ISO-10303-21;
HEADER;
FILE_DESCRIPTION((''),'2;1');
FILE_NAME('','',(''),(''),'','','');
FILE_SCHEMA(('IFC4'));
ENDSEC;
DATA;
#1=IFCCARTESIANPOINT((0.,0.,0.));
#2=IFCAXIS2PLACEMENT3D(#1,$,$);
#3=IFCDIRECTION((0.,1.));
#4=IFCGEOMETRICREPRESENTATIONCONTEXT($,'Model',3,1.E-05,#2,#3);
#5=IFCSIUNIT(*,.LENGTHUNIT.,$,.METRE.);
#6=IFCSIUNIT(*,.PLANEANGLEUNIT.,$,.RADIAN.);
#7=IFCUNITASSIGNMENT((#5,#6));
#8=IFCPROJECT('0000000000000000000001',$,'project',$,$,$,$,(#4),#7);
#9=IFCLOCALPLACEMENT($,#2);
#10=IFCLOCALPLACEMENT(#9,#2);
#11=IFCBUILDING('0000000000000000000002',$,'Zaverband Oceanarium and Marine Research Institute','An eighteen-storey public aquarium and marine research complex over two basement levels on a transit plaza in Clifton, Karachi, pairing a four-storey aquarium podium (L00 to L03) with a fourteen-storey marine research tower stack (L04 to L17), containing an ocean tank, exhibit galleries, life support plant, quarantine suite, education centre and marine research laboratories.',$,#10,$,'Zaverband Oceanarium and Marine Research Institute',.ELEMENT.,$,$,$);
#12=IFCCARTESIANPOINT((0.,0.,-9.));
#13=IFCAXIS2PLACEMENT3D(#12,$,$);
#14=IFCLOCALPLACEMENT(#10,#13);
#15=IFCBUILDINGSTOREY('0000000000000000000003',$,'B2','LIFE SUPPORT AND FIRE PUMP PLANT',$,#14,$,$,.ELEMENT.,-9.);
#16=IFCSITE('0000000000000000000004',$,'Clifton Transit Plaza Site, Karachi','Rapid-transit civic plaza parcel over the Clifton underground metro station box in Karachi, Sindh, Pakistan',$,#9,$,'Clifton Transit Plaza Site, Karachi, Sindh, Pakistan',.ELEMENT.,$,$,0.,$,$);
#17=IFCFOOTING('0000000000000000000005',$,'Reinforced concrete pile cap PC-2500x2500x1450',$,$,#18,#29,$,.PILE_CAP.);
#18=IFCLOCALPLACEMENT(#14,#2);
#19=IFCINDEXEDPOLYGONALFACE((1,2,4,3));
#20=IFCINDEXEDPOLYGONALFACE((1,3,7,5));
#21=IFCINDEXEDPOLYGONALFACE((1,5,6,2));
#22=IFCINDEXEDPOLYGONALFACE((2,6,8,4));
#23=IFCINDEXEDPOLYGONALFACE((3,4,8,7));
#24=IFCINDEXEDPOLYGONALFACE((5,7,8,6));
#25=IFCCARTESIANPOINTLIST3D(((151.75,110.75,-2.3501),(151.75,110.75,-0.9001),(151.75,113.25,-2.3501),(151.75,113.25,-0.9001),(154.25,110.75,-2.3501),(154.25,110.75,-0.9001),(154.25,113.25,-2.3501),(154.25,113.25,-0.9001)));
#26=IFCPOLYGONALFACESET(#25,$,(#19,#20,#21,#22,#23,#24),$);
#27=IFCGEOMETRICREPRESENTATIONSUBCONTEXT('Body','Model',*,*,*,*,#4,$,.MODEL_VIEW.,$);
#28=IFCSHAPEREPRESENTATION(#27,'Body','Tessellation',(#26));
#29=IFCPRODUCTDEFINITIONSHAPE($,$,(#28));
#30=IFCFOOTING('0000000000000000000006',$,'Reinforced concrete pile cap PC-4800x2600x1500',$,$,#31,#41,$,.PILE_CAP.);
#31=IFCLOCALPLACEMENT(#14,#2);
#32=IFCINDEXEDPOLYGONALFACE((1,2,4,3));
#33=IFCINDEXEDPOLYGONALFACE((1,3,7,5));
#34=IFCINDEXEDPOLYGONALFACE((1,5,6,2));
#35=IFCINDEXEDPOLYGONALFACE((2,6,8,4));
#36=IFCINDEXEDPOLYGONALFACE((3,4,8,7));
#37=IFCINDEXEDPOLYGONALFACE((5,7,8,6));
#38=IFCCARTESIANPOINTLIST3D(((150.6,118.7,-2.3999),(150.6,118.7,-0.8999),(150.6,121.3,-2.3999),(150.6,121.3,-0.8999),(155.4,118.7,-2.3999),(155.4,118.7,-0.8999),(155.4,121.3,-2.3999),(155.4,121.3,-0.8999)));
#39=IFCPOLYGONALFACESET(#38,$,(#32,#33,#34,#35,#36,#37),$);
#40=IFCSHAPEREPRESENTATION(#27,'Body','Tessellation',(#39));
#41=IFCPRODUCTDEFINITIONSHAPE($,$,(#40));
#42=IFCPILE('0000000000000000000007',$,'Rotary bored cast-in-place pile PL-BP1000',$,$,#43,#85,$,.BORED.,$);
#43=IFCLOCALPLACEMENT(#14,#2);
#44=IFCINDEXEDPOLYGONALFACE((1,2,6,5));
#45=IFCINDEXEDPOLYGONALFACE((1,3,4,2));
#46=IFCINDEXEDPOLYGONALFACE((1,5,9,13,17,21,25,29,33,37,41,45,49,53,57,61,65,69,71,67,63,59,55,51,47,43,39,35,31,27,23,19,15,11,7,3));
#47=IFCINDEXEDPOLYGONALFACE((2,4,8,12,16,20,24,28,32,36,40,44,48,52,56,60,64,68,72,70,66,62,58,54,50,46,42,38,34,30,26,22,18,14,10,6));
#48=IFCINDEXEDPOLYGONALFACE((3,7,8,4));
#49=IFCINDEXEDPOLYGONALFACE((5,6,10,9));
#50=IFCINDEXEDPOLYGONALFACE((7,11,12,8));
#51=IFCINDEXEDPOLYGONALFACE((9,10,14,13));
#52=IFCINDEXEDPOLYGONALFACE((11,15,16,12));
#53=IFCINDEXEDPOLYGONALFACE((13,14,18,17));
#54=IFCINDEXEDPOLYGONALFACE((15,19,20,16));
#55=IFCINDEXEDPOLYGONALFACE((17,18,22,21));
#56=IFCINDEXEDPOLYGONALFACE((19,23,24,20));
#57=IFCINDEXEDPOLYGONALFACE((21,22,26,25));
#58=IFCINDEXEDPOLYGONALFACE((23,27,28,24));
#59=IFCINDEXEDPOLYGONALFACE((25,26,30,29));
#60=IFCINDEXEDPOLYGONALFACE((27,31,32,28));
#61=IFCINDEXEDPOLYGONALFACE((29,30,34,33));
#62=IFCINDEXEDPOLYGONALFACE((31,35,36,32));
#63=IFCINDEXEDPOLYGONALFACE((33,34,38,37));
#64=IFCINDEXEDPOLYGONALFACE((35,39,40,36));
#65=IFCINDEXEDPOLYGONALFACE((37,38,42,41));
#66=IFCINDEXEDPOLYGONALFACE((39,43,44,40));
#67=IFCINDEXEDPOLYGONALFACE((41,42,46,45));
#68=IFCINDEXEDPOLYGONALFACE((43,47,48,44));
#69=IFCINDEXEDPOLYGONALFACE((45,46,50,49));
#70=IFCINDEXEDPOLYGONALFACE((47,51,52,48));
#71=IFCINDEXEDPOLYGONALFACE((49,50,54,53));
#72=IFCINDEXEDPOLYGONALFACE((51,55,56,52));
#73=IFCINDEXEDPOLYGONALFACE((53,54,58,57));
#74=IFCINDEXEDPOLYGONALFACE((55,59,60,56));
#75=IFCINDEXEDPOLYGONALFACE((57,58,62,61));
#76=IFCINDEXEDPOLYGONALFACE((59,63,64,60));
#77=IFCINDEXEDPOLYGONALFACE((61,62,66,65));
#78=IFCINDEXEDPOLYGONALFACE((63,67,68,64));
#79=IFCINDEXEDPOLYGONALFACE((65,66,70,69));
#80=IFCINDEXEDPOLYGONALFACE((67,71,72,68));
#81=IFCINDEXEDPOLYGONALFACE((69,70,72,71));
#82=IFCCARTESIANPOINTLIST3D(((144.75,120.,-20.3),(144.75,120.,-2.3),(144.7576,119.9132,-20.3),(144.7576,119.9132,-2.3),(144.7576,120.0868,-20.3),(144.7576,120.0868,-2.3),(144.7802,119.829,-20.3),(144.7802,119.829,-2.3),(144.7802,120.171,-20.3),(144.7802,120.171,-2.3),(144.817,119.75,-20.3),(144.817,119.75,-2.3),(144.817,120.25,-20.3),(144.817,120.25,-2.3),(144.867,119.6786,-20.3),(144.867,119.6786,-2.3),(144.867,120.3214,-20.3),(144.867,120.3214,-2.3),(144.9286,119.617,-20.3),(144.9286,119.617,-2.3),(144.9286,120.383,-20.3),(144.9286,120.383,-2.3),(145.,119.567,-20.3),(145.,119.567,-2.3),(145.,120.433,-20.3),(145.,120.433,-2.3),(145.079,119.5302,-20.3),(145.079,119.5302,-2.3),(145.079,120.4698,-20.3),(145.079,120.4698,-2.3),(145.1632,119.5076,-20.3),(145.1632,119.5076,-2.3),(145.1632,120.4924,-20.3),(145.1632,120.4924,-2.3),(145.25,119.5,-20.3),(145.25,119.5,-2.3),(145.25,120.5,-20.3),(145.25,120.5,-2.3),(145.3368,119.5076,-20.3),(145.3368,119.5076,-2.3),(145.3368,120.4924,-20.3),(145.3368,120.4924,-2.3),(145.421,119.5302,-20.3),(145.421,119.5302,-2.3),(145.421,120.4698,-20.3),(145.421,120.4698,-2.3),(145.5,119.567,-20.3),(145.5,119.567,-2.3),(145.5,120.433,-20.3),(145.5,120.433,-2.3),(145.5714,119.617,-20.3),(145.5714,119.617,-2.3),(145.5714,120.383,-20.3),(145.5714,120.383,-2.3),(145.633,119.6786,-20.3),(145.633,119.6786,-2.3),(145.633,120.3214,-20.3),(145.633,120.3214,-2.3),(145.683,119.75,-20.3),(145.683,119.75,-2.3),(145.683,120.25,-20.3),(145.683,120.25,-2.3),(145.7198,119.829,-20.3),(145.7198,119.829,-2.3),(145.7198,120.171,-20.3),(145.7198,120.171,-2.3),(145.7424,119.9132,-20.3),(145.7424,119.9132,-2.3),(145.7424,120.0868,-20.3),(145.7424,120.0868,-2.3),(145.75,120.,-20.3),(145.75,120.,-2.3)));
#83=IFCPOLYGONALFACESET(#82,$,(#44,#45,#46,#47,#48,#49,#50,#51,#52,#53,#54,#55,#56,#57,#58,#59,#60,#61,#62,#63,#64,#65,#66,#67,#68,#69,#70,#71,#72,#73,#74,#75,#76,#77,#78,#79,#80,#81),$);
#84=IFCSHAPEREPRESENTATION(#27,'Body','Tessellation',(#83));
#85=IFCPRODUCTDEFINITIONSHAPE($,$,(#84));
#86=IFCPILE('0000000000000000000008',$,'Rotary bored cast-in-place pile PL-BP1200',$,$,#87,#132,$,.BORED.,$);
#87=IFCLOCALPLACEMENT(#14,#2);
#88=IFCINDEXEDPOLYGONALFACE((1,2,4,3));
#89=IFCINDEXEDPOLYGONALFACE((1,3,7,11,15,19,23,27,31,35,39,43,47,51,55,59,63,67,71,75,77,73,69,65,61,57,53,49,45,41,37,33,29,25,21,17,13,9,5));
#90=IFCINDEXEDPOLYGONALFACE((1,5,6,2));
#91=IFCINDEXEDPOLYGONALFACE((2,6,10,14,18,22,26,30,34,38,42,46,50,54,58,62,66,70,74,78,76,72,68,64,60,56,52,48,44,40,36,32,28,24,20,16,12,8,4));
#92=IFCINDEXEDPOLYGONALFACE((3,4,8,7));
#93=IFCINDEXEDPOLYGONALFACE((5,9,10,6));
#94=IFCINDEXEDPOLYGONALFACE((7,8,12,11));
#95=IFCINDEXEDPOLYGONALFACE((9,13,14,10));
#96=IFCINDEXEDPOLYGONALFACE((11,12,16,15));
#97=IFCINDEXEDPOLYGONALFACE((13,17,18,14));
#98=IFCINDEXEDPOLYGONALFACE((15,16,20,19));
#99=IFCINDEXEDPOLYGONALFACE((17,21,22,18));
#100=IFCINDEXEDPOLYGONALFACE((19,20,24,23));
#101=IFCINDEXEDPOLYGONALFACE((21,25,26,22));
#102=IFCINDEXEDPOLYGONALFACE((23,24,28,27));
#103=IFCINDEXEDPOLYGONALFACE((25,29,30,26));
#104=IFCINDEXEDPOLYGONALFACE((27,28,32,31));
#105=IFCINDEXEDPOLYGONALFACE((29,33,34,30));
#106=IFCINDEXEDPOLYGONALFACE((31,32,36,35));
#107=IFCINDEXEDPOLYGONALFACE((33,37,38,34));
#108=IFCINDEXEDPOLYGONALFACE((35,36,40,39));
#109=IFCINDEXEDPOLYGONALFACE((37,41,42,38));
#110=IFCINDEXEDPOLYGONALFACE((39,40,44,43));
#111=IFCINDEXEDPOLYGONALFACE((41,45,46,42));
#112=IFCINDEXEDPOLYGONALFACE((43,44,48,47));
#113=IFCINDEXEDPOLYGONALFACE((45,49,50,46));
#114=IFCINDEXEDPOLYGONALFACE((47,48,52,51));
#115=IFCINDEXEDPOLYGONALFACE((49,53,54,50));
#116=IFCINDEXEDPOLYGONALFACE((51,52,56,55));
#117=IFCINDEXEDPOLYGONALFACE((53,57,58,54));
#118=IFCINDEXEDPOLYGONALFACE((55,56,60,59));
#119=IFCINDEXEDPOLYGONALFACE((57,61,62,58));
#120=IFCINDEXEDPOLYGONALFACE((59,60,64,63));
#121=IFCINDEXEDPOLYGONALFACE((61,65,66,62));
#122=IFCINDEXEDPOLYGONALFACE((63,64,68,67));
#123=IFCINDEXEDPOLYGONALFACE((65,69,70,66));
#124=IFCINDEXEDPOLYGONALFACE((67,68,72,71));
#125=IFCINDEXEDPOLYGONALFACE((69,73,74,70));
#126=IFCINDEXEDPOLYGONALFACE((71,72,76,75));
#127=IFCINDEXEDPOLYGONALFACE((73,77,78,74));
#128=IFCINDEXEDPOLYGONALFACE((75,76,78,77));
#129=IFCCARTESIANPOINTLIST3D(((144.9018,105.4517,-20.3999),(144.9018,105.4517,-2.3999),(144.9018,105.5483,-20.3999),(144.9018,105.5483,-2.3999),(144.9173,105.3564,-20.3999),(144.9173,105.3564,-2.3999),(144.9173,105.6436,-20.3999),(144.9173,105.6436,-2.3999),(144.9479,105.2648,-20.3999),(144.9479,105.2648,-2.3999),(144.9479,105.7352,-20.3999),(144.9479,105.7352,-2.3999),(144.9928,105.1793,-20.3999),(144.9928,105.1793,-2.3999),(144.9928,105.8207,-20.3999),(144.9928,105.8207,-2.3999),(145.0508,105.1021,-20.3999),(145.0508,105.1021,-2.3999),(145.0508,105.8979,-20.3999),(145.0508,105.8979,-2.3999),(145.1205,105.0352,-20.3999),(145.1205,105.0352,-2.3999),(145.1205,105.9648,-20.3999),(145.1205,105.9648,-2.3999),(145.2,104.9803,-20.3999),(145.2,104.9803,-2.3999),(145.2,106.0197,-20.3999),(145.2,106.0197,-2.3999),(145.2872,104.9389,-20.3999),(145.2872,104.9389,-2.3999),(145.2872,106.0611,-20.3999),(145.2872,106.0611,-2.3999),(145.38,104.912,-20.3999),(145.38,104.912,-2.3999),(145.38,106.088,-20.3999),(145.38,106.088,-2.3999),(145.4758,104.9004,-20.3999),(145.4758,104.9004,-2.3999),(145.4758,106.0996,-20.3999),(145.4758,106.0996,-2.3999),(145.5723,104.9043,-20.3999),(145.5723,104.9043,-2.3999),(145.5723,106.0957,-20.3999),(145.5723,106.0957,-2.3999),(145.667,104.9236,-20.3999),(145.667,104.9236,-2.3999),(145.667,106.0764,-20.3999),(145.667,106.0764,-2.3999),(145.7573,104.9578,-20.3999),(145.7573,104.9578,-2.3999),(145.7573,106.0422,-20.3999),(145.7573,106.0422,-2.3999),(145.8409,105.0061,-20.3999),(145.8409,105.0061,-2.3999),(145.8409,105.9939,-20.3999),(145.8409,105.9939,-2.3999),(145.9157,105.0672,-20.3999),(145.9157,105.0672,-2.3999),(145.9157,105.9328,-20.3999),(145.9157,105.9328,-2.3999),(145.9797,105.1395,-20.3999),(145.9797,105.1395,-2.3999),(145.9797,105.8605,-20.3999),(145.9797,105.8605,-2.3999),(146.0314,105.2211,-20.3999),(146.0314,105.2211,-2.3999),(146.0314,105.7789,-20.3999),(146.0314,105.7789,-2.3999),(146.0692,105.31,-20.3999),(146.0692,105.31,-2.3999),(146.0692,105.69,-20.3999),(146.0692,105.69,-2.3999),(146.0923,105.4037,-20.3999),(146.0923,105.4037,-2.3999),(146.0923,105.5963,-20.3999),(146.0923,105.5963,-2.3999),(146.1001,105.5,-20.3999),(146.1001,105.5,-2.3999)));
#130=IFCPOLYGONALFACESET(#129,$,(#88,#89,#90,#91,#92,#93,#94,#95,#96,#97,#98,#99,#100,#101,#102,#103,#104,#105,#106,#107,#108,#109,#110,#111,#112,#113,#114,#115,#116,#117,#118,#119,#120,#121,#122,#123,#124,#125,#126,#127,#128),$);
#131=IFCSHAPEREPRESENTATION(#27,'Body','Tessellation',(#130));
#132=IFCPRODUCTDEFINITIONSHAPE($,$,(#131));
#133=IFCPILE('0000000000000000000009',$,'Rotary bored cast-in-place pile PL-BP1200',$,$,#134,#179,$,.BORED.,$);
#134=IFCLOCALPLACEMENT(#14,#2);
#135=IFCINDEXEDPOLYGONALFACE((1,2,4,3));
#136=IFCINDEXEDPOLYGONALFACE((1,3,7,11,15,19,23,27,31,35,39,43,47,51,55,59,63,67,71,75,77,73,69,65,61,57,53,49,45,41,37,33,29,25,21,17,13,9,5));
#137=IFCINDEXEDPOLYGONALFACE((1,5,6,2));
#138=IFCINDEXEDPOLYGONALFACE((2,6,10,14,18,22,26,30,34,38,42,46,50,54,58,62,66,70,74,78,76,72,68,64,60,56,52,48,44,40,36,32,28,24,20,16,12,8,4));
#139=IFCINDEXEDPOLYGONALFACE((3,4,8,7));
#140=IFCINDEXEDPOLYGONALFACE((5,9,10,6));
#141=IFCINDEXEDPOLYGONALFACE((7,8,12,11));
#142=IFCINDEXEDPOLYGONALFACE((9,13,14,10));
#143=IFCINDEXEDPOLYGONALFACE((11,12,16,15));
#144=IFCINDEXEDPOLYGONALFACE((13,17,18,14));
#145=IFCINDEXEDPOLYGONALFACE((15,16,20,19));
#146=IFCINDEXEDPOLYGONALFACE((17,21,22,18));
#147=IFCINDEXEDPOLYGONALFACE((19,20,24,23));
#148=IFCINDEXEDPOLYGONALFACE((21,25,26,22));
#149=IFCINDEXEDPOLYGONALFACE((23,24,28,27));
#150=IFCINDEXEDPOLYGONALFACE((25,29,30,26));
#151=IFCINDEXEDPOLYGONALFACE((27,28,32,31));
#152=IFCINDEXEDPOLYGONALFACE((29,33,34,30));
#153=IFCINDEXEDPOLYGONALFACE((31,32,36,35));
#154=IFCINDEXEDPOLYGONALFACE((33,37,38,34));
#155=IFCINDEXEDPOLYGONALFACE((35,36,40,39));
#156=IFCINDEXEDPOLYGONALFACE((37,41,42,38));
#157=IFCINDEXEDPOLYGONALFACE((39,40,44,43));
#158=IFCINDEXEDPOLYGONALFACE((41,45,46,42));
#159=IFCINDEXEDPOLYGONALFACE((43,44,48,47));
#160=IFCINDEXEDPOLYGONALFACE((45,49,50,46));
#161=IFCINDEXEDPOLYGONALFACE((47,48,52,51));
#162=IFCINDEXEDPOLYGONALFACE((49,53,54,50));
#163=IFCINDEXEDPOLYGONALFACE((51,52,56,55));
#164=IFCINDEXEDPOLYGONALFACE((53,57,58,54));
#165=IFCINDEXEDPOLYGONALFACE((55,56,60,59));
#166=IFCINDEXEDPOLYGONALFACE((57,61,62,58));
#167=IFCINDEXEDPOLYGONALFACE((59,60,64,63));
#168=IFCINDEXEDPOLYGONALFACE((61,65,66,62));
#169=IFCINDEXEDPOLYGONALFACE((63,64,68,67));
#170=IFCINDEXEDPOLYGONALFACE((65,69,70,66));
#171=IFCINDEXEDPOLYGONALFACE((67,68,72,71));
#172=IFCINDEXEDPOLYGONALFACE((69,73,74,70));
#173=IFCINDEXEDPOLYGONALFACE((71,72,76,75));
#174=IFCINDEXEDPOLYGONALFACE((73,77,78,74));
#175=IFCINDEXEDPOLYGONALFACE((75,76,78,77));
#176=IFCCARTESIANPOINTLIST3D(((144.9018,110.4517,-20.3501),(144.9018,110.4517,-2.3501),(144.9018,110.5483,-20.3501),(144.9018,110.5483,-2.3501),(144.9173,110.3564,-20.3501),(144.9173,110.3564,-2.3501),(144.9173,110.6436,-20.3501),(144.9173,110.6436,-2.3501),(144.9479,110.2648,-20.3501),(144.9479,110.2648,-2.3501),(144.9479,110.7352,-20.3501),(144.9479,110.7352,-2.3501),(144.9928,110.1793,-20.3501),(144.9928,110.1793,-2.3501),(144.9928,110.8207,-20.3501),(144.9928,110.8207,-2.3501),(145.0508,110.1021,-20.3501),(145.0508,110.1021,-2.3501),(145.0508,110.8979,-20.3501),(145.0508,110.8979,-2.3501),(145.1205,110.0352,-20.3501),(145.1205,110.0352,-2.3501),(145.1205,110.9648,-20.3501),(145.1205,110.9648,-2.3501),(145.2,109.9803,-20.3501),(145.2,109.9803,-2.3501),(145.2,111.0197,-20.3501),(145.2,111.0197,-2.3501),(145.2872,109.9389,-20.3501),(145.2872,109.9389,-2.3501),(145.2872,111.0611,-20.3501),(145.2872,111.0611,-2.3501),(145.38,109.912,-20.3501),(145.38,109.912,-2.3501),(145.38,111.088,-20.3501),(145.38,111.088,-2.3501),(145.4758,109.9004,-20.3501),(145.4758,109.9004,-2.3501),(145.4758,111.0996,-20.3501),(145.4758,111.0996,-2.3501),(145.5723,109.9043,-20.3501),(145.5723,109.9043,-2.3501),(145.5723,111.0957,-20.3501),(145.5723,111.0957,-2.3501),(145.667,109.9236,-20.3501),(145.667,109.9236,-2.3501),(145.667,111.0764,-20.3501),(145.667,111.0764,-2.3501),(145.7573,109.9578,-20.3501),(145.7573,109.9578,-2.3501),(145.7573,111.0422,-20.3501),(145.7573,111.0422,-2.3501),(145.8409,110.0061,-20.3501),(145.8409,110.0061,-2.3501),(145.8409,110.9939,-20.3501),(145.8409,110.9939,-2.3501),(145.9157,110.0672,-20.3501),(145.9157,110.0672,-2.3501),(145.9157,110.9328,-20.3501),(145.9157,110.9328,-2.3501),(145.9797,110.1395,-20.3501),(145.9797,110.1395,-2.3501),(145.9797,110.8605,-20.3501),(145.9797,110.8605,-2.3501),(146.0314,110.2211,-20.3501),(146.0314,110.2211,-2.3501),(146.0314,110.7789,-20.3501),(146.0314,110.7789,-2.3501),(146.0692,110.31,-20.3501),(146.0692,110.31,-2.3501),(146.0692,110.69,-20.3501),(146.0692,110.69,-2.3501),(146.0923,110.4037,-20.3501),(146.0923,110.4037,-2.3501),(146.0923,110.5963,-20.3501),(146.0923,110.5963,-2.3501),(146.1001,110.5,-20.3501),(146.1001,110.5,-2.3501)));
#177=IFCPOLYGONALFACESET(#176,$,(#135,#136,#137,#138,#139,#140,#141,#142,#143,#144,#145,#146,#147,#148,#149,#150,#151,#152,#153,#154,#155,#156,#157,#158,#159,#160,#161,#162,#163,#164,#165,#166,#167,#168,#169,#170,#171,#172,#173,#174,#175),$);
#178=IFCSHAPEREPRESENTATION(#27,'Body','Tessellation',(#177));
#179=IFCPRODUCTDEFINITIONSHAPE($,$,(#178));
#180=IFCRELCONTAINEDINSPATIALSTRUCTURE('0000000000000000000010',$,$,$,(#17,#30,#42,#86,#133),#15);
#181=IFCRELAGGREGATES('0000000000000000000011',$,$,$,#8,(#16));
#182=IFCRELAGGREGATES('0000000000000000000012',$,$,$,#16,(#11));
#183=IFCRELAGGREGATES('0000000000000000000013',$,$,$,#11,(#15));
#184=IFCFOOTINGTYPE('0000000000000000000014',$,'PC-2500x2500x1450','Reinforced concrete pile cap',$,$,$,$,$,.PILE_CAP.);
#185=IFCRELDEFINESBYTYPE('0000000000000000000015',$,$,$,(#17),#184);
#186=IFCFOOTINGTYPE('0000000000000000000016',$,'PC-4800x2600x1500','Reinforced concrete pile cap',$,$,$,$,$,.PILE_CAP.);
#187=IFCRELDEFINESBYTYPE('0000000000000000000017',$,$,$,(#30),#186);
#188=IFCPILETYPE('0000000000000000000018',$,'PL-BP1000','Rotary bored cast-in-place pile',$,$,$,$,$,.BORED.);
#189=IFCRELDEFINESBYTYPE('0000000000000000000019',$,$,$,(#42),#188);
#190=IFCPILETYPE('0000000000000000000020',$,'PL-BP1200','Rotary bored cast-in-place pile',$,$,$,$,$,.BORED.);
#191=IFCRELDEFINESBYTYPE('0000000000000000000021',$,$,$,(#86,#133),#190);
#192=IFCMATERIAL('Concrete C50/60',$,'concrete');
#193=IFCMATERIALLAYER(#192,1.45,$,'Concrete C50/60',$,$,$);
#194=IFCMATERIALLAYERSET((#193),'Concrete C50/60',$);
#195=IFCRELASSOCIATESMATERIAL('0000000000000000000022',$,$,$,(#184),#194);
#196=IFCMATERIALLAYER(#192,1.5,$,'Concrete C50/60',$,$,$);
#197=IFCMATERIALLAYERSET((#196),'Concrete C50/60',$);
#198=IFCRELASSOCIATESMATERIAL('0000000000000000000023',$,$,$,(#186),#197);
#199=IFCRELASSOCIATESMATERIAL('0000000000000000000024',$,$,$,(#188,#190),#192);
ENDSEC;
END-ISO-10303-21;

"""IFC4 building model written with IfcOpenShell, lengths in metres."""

from ifc_helpers import new_model, si_unit, direction, frame, origin, origin_2d, place, context, subcontext, project, spatial, rectangle, circle, extrude, material, layer, layer_set, material_profile, profile_set, type_object, element, save


model = new_model("IFC4")

# Units and contexts
model_context = context("Model", 3, precision=1e-05, world=origin(), true_north=direction((0.0, 1.0)))
body_context = subcontext(model_context, "Body", "Model", "MODEL_VIEW")
ifc_project = project(units=[si_unit("LENGTHUNIT", "METRE"), si_unit("PLANEANGLEUNIT", "RADIAN")], contexts=[model_context])

# Site, building, storey
site_placement = place(None, origin())
site = spatial("IfcSite", under=ifc_project, at=site_placement, Name="Clifton Transit Plaza Site, Karachi", Description="Rapid-transit civic plaza parcel over the Clifton underground metro station box in Karachi, Sindh, Pakistan", LongName="Clifton Transit Plaza Site, Karachi, Sindh, Pakistan", CompositionType="ELEMENT", RefElevation=0.0)
building_placement = place(site_placement, origin())
building = spatial("IfcBuilding", under=site, at=building_placement, Name="Zaverband Oceanarium and Marine Research Institute", Description="An eighteen-storey public aquarium and marine research complex over two basement levels on a transit plaza in Clifton, Karachi, pairing a four-storey aquarium podium (L00 to L03) with a fourteen-storey marine research tower stack (L04 to L17), containing an ocean tank, exhibit galleries, life support plant, quarantine suite, education centre and marine research laboratories.", LongName="Zaverband Oceanarium and Marine Research Institute", CompositionType="ELEMENT")
storey_placement = place(building_placement, frame((0.0, 0.0, -9.0)))
storey = spatial("IfcBuildingStorey", under=building, at=storey_placement, Name="B2", Description="LIFE SUPPORT AND FIRE PUMP PLANT", CompositionType="ELEMENT", Elevation=-9.0)

# Footings
ifc_material_1 = material(Name="Concrete C50/60", Category="concrete")
ifc_layer_1 = layer(ifc_material_1, 1.45, Name="Concrete C50/60")
ifc_layer_set_1 = layer_set([ifc_layer_1], Name="Concrete C50/60")
footing_type_1 = type_object("IfcFootingType", Name="PC-2500x2500x1450", Description="Reinforced concrete pile cap", PredefinedType="PILE_CAP", material=ifc_layer_set_1)
footing_1_placement = place(storey_placement, frame((153.0, 112.0, -2.3501), z_axis=(0.0, 0.0, 1.0), x_axis=(1.0, 0.0, 0.0)))
element("IfcFooting", 1, at=footing_1_placement, inside=storey, type_object=footing_type_1, Name="Reinforced concrete pile cap PC-2500x2500x1450", PredefinedType="PILE_CAP", context=body_context, shape_type="SweptSolid", body=[
    extrude(rectangle(XDim=2.5, YDim=2.5, at=origin_2d()), origin(), (0.0, 0.0, 1.0), 1.45),
])
ifc_layer_2 = layer(ifc_material_1, 1.5, Name="Concrete C50/60")
ifc_layer_set_2 = layer_set([ifc_layer_2], Name="Concrete C50/60")
footing_type_2 = type_object("IfcFootingType", Name="PC-4800x2600x1500", Description="Reinforced concrete pile cap", PredefinedType="PILE_CAP", material=ifc_layer_set_2)
footing_2_placement = place(storey_placement, frame((153.0, 120.0, -2.3999), z_axis=(0.0, 0.0, 1.0), x_axis=(1.0, 0.0, 0.0)))
element("IfcFooting", 2, at=footing_2_placement, inside=storey, type_object=footing_type_2, Name="Reinforced concrete pile cap PC-4800x2600x1500", PredefinedType="PILE_CAP", context=body_context, shape_type="SweptSolid", body=[
    extrude(rectangle(XDim=4.8, YDim=2.6001, at=origin_2d()), origin(), (0.0, 0.0, 1.0), 1.5),
])

# Piles
ifc_material_profile_1 = material_profile(ifc_material_1, circle(Radius=0.5, at=origin_2d()), Name="BP1000")
ifc_profile_set_1 = profile_set([ifc_material_profile_1], Name="Concrete C50/60")
pile_type_1 = type_object("IfcPileType", Name="PL-BP1000", Description="Rotary bored cast-in-place pile", PredefinedType="BORED", material=ifc_profile_set_1)
pile_placement = place(storey_placement, frame((145.25, 120.0, -2.3), z_axis=(0.0, 0.0, -1.0), x_axis=(1.0, 0.0, 0.0)))
element("IfcPile", 3, at=pile_placement, inside=storey, type_object=pile_type_1, Name="Rotary bored cast-in-place pile PL-BP1000", PredefinedType="BORED", context=body_context, shape_type="SweptSolid", body=[
    extrude(circle(Radius=0.5, at=origin_2d()), origin(), (0.0, 0.0, 1.0), 18.0),
])
ifc_material_profile_2 = material_profile(ifc_material_1, circle(Radius=0.6001, at=origin_2d()), Name="BP1200")
ifc_profile_set_2 = profile_set([ifc_material_profile_2], Name="Concrete C50/60")
pile_type_2 = type_object("IfcPileType", Name="PL-BP1200", Description="Rotary bored cast-in-place pile", PredefinedType="BORED", material=ifc_profile_set_2)
for number, where, z_axis, x_axis, name in (
    (4, (145.5, 105.5, -2.3999), (0.0, 0.0, -1.0), (1.0, 0.0, 0.0), "Rotary bored cast-in-place pile PL-BP1200"),
    (5, (145.5, 110.5, -2.3501), (0.0, 0.0, -1.0), (1.0, 0.0, 0.0), "Rotary bored cast-in-place pile PL-BP1200"),
):
    element("IfcPile", number, at=place(storey_placement, frame(where, z_axis=z_axis, x_axis=x_axis)), inside=storey, type_object=pile_type_2, Name=name, PredefinedType="BORED", context=body_context, shape_type="SweptSolid", body=[
        extrude(circle(Radius=0.6001, at=origin_2d()), origin(), (0.0, 0.0, 1.0), 18.0),
    ])

save(model, "model.ifc")
